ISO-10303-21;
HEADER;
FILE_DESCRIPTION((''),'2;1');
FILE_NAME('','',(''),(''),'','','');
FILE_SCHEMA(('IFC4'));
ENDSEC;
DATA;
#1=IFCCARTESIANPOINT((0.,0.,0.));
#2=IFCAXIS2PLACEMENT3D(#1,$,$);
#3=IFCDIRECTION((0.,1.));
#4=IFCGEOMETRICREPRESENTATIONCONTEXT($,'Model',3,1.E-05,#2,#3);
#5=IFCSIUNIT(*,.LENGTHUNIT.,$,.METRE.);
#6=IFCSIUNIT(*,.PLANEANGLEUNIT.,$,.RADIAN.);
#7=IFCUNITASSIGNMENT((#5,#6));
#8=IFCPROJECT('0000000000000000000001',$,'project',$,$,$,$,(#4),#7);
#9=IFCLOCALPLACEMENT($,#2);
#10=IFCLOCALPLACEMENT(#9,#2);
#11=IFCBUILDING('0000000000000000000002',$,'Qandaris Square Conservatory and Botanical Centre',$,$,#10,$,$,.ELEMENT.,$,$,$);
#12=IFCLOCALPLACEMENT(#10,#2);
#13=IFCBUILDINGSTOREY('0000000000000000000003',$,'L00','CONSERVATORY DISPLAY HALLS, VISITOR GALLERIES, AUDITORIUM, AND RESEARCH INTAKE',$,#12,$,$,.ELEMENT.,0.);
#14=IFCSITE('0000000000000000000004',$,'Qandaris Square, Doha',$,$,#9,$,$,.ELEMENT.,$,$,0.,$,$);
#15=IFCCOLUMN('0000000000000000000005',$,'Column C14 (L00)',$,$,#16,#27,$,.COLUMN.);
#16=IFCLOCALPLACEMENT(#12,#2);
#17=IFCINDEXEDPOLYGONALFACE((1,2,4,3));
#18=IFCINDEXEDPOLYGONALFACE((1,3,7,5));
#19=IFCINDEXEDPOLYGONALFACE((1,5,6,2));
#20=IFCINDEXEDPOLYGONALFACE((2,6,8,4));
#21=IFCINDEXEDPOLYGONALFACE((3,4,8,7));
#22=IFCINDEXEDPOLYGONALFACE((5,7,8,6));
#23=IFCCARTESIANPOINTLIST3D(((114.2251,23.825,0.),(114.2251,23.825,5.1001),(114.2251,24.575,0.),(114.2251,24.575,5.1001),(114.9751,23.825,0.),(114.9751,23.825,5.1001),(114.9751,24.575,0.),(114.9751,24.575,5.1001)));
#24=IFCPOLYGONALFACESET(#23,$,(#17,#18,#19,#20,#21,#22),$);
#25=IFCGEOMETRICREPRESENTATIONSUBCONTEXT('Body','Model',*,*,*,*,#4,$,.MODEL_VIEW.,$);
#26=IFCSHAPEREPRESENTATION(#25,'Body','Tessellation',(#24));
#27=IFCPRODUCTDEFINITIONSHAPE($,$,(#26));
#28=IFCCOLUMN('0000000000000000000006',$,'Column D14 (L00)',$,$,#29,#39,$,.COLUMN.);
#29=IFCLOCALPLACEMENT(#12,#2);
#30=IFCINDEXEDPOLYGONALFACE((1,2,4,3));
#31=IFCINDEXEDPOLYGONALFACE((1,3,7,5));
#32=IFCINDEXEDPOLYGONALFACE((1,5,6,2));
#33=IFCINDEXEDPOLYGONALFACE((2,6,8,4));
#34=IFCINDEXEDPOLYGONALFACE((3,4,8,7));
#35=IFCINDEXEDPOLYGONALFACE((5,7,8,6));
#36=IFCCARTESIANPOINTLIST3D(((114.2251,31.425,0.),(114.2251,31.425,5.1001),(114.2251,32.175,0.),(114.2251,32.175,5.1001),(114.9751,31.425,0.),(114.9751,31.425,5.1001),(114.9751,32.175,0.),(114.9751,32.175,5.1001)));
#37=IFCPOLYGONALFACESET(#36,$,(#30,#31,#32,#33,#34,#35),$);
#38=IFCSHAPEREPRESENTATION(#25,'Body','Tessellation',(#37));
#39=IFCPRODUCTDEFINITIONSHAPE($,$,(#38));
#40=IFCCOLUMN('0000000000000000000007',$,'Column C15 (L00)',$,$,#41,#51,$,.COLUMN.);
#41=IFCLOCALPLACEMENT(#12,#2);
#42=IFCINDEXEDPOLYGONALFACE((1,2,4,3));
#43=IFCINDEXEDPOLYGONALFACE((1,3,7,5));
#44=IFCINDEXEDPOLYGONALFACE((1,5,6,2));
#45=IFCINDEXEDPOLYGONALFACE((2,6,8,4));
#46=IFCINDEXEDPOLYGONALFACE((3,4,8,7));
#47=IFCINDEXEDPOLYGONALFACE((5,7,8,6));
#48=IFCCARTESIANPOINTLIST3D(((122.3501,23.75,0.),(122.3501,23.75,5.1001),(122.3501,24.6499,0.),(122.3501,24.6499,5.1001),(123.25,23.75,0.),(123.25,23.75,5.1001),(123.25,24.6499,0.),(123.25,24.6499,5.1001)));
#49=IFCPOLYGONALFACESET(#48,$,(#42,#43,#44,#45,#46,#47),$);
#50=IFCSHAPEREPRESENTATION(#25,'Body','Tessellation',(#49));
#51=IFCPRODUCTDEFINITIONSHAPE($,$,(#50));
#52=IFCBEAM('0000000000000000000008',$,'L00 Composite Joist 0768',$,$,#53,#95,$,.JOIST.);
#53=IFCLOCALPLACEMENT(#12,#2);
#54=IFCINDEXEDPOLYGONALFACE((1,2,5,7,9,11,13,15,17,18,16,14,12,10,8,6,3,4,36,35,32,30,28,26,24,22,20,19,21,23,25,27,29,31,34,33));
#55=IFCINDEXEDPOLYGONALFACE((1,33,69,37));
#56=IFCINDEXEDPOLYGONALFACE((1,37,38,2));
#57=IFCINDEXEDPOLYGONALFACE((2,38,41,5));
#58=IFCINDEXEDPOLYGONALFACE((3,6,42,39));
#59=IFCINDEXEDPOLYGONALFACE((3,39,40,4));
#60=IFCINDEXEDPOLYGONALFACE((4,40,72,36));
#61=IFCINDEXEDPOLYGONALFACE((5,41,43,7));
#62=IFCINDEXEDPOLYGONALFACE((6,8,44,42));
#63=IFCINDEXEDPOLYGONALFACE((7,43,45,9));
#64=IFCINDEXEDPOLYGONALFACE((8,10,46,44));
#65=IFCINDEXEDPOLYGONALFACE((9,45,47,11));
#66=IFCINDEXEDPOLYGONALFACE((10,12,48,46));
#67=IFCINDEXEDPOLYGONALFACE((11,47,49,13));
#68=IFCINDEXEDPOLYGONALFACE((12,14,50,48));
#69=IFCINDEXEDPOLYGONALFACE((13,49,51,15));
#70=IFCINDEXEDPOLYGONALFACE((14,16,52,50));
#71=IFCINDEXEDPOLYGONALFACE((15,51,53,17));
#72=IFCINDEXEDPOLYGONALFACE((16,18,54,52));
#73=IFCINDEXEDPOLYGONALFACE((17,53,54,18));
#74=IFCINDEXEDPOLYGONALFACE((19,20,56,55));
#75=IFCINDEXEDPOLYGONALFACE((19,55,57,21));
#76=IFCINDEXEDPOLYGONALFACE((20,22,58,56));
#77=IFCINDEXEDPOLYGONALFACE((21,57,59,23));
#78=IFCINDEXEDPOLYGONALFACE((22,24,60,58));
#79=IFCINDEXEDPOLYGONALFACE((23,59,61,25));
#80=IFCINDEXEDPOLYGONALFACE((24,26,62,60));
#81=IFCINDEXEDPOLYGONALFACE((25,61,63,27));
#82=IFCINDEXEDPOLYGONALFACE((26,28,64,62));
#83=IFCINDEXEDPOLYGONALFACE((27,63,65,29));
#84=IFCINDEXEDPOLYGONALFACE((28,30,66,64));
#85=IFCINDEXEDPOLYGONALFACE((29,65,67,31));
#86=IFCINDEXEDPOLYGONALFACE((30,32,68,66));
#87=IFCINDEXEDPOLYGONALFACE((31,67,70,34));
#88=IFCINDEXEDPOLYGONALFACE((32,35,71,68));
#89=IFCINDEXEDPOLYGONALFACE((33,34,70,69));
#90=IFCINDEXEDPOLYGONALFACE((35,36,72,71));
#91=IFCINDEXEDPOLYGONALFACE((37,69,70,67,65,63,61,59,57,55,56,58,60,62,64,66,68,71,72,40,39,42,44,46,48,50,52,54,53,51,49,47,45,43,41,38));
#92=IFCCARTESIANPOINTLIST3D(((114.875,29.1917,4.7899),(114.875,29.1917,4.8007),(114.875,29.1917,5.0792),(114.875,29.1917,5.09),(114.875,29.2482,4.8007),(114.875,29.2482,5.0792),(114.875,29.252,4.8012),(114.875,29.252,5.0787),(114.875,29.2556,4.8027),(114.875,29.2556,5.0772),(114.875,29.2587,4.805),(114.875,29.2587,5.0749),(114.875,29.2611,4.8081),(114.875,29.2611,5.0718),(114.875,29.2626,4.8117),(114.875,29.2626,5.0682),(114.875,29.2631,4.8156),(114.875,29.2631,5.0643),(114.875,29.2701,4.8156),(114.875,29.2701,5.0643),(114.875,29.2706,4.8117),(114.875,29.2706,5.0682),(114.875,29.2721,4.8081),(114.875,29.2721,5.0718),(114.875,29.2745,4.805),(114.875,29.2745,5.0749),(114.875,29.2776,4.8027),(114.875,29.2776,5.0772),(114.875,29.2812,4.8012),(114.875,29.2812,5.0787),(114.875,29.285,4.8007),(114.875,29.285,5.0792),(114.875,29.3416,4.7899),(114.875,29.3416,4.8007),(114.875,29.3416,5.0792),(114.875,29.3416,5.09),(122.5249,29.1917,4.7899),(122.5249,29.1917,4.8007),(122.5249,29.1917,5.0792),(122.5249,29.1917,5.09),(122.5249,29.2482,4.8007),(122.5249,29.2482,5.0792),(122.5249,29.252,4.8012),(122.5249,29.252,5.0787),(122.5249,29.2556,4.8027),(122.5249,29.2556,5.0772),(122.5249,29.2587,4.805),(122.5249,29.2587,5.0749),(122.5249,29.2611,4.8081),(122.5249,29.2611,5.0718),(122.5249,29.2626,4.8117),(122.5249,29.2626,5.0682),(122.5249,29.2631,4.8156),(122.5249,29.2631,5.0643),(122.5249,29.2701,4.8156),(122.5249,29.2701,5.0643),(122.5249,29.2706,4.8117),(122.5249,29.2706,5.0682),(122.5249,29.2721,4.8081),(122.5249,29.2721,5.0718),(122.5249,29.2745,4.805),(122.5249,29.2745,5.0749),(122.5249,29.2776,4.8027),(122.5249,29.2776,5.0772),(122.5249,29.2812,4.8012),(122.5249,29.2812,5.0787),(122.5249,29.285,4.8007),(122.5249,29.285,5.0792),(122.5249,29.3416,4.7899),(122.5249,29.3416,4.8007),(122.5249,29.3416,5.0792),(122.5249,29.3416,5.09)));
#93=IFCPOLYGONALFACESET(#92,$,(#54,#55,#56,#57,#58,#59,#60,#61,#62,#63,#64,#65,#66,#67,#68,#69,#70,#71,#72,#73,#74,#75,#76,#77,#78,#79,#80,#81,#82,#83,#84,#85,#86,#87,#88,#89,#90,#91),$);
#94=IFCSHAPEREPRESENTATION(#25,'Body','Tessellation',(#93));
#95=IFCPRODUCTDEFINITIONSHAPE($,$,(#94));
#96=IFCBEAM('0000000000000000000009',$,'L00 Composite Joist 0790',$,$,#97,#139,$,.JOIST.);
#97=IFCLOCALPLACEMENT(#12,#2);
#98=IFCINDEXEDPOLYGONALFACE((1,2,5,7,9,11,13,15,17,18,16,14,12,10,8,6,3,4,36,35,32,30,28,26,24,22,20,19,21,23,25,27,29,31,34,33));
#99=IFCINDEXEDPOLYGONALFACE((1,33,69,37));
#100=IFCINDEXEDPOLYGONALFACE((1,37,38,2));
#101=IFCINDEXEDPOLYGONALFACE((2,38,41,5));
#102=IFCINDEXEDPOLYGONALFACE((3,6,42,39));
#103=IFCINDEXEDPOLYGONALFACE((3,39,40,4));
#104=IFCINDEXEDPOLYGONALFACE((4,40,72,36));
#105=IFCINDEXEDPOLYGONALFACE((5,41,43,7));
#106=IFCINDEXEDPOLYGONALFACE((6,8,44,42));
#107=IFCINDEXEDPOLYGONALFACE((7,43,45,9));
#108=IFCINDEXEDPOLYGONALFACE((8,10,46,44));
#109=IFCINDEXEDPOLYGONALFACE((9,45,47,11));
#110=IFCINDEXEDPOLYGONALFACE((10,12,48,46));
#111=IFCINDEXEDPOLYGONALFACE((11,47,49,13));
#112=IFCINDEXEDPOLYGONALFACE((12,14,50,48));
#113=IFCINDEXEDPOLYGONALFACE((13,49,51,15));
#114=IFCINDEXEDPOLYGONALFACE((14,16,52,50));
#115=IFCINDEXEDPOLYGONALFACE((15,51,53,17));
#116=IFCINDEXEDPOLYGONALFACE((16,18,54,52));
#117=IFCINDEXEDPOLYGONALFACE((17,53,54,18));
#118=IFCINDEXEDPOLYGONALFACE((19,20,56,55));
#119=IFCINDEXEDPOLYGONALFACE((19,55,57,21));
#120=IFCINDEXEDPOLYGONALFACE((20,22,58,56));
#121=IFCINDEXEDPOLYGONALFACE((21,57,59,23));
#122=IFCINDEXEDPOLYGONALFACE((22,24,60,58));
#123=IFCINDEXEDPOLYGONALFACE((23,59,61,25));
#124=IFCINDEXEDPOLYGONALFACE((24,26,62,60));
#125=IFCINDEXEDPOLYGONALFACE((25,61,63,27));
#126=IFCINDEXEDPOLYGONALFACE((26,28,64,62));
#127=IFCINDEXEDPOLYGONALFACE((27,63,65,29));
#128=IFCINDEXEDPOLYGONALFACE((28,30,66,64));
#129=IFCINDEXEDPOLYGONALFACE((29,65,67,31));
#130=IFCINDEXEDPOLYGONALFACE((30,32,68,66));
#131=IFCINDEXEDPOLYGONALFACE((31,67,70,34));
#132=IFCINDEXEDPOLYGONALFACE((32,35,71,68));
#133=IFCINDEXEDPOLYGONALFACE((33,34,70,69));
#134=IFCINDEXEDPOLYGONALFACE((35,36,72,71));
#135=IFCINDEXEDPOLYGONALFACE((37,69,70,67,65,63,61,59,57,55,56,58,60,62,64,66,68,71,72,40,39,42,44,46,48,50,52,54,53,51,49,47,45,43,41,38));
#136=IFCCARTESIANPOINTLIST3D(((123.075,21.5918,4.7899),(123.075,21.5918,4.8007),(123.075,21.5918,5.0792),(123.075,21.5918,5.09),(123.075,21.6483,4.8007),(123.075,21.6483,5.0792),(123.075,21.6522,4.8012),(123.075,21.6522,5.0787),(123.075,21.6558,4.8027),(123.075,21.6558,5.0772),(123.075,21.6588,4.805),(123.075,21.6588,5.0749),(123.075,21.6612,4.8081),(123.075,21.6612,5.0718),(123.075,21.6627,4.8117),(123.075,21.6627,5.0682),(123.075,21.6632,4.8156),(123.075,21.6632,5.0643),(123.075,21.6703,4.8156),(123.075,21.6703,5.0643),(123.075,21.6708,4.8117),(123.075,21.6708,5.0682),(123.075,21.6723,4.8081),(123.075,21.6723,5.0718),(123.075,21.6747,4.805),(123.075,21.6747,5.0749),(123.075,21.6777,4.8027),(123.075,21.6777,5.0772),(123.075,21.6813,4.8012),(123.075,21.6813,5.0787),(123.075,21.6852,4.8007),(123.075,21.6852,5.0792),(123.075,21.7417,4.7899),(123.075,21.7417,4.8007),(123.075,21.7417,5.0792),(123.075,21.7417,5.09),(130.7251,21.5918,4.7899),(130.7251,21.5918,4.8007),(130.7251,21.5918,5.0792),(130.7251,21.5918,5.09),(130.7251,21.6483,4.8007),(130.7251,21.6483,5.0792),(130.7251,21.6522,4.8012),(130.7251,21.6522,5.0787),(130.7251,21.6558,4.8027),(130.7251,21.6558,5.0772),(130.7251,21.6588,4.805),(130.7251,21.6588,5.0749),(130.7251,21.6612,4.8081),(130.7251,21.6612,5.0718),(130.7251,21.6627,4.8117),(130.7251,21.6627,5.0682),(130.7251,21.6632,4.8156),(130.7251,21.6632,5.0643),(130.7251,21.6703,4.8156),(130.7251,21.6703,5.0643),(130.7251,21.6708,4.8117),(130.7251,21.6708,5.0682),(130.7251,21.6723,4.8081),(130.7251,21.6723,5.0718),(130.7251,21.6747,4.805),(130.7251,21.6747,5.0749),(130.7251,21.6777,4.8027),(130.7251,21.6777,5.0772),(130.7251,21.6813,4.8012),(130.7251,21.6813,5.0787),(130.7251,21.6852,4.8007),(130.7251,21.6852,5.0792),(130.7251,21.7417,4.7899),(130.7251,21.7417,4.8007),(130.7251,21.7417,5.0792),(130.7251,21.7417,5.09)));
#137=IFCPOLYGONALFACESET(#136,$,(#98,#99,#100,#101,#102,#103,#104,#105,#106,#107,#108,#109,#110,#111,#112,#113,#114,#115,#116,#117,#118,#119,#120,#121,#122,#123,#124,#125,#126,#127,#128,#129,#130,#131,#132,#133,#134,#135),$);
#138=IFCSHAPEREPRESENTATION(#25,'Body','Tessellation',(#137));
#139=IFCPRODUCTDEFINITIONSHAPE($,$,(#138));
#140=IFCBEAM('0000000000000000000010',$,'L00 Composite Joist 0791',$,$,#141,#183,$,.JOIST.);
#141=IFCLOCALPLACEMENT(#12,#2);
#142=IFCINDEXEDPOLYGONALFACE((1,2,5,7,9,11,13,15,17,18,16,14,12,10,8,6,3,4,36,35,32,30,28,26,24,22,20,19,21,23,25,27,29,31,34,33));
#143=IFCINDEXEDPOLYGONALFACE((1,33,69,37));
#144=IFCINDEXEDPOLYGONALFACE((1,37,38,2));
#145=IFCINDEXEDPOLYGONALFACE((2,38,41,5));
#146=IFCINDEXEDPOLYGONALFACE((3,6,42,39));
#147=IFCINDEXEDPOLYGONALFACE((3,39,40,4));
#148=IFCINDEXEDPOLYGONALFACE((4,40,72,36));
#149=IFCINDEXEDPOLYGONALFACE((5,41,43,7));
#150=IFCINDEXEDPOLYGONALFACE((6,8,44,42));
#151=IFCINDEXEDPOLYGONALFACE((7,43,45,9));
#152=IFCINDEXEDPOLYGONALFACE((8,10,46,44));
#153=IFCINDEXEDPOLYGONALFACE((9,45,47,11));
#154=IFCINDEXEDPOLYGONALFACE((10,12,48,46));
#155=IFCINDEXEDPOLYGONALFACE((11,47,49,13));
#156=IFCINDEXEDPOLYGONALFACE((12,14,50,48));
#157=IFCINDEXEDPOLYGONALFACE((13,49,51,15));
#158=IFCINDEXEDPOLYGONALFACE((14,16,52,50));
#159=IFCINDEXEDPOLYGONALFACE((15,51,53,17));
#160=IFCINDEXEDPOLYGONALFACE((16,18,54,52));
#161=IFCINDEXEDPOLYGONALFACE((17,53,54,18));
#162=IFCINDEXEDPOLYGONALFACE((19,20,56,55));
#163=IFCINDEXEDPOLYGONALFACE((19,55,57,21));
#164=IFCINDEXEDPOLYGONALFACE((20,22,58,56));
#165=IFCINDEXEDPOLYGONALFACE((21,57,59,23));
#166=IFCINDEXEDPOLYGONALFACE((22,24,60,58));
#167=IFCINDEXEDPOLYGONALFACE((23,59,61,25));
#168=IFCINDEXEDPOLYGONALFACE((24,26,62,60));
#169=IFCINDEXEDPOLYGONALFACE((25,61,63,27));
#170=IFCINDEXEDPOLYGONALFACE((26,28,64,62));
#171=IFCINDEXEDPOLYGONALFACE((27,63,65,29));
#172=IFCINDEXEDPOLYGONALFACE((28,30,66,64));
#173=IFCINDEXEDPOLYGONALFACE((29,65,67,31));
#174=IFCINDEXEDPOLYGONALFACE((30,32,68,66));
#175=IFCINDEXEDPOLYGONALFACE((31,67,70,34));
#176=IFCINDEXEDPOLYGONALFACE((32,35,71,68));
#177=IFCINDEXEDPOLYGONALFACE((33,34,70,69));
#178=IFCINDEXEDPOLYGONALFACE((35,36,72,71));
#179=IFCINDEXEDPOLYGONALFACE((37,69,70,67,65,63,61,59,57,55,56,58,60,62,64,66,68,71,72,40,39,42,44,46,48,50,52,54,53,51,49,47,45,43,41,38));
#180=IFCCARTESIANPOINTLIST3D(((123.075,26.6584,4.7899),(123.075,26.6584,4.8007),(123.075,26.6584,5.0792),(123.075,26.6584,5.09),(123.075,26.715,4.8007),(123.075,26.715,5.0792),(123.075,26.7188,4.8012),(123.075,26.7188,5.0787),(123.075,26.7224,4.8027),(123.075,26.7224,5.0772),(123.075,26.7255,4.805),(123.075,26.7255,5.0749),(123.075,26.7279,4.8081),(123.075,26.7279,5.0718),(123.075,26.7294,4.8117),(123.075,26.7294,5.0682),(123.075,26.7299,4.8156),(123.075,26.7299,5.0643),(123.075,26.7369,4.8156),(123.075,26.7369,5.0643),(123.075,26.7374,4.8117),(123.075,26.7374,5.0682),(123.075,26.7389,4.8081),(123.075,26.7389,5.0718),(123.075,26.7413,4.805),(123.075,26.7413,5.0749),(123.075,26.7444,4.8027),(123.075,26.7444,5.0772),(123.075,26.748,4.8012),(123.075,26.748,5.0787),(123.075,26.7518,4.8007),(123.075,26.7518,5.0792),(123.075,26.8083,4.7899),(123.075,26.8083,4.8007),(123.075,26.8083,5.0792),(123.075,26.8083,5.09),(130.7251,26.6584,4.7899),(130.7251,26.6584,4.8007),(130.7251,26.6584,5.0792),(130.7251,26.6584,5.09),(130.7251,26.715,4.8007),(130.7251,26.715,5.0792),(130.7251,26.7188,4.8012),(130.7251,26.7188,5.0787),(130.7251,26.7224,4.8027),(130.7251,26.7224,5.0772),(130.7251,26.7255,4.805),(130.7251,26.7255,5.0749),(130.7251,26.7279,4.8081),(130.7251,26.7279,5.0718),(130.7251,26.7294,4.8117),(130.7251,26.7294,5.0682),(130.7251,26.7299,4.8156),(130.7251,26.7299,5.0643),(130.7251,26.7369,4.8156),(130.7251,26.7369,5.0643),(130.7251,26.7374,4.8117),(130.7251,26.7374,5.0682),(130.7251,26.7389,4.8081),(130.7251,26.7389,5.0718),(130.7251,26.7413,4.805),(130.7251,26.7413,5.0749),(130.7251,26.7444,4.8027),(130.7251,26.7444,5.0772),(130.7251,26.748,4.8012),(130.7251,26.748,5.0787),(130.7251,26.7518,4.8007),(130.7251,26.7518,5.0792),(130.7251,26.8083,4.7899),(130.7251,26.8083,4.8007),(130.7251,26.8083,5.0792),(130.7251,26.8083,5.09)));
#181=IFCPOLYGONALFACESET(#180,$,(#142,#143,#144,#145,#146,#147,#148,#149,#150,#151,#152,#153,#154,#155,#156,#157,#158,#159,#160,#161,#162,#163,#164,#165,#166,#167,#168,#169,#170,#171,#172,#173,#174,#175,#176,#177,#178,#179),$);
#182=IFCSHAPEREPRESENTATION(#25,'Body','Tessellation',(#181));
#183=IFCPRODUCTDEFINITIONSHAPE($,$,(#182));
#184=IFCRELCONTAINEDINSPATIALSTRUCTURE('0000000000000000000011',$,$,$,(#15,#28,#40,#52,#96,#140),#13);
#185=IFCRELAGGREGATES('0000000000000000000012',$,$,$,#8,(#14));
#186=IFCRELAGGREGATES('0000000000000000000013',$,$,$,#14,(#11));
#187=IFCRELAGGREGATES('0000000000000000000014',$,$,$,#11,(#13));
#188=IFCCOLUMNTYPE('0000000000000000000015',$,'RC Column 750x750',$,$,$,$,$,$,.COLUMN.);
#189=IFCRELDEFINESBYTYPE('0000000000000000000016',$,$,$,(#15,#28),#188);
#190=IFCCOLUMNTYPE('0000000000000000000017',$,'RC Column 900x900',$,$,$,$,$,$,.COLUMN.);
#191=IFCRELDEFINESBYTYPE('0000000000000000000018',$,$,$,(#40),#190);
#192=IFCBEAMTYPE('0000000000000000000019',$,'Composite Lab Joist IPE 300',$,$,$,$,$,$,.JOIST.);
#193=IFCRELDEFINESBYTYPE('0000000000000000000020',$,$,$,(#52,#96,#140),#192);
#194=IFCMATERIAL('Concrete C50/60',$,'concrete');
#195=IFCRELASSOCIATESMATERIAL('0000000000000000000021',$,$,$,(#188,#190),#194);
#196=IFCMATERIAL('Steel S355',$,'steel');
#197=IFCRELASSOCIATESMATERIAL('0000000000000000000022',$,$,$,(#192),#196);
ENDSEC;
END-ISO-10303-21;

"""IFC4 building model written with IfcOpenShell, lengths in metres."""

from ifc_helpers import new_model, si_unit, direction, frame, origin, origin_2d, place, context, subcontext, project, spatial, rectangle, i_section, extrude, material, material_profile, profile_set, type_object, element, save


model = new_model("IFC4")

# Units and contexts
model_context = context("Model", 3, precision=1e-05, world=origin(), true_north=direction((0.0, 1.0)))
body_context = subcontext(model_context, "Body", "Model", "MODEL_VIEW")
ifc_project = project(units=[si_unit("LENGTHUNIT", "METRE"), si_unit("PLANEANGLEUNIT", "RADIAN")], contexts=[model_context])

# Site, building, storey
site_placement = place(None, origin())
site = spatial("IfcSite", under=ifc_project, at=site_placement, Name="Qandaris Square, Doha", CompositionType="ELEMENT", RefElevation=0.0)
building_placement = place(site_placement, origin())
building = spatial("IfcBuilding", under=site, at=building_placement, Name="Qandaris Square Conservatory and Botanical Centre", CompositionType="ELEMENT")
storey_placement = place(building_placement, origin())
storey = spatial("IfcBuildingStorey", under=building, at=storey_placement, Name="L00", Description="CONSERVATORY DISPLAY HALLS, VISITOR GALLERIES, AUDITORIUM, AND RESEARCH INTAKE", CompositionType="ELEMENT", Elevation=0.0)

# Columns
ifc_material_1 = material(Name="Concrete C50/60", Category="concrete")
ifc_material_profile_1 = material_profile(ifc_material_1, rectangle(XDim=0.75, YDim=0.75, at=origin_2d()), Name="RC-COL 750x750")
ifc_profile_set_1 = profile_set([ifc_material_profile_1], Name="Concrete C50/60")
column_type_1 = type_object("IfcColumnType", Name="RC Column 750x750", PredefinedType="COLUMN", material=ifc_profile_set_1)
for number, where, z_axis, x_axis, name in (
    (1, (114.6001, 24.2, 0.0), (0.0, 0.0, 1.0), (1.0, 0.0, 0.0), "Column C14 (L00)"),
    (2, (114.6001, 31.8, 0.0), (0.0, 0.0, 1.0), (1.0, 0.0, 0.0), "Column D14 (L00)"),
):
    element("IfcColumn", number, at=place(storey_placement, frame(where, z_axis=z_axis, x_axis=x_axis)), inside=storey, type_object=column_type_1, Name=name, PredefinedType="COLUMN", context=body_context, shape_type="SweptSolid", body=[
        extrude(rectangle(XDim=0.75, YDim=0.75, at=origin_2d()), origin(), (0.0, 0.0, 1.0), 5.1001),
    ])
ifc_material_profile_2 = material_profile(ifc_material_1, rectangle(XDim=0.8999, YDim=0.8999, at=origin_2d()), Name="RC-COL 900x900")
ifc_profile_set_2 = profile_set([ifc_material_profile_2], Name="Concrete C50/60")
column_type_2 = type_object("IfcColumnType", Name="RC Column 900x900", PredefinedType="COLUMN", material=ifc_profile_set_2)
column_placement = place(storey_placement, frame((122.8, 24.2, 0.0), z_axis=(0.0, 0.0, 1.0), x_axis=(1.0, 0.0, 0.0)))
element("IfcColumn", 3, at=column_placement, inside=storey, type_object=column_type_2, Name="Column C15 (L00)", PredefinedType="COLUMN", context=body_context, shape_type="SweptSolid", body=[
    extrude(rectangle(XDim=0.8999, YDim=0.8999, at=origin_2d()), origin(), (0.0, 0.0, 1.0), 5.1001),
])

# Beams
ifc_material_2 = material(Name="Steel S355", Category="steel")
ifc_material_profile_3 = material_profile(ifc_material_2, i_section(OverallWidth=0.1499, OverallDepth=0.3, WebThickness=0.0071, FlangeThickness=0.0107, FilletRadius=0.0149, at=origin_2d()), Name="IPE 300")
ifc_profile_set_3 = profile_set([ifc_material_profile_3], Name="Steel S355")
beam_type_1 = type_object("IfcBeamType", Name="Composite Lab Joist IPE 300", PredefinedType="JOIST", material=ifc_profile_set_3)
beam_1_placement = place(storey_placement, frame((114.875, 29.2666, 4.9399), z_axis=(1.0, 0.0, 0.0), x_axis=(0.0, 1.0, 0.0)))
element("IfcBeam", 4, at=beam_1_placement, inside=storey, type_object=beam_type_1, Name="L00 Composite Joist 0768", PredefinedType="JOIST", context=body_context, shape_type="SweptSolid", body=[
    extrude(i_section(OverallWidth=0.1499, OverallDepth=0.3, WebThickness=0.0071, FlangeThickness=0.0107, FilletRadius=0.0149, at=origin_2d()), origin(), (0.0, 0.0, 1.0), 7.6499),
])
for number, where, z_axis, x_axis, name in (
    (5, (123.075, 21.6667, 4.9399), (1.0, 0.0, 0.0), (0.0, 1.0, 0.0), "L00 Composite Joist 0790"),
    (6, (123.075, 26.7334, 4.9399), (1.0, 0.0, 0.0), (0.0, 1.0, 0.0), "L00 Composite Joist 0791"),
):
    element("IfcBeam", number, at=place(storey_placement, frame(where, z_axis=z_axis, x_axis=x_axis)), inside=storey, type_object=beam_type_1, Name=name, PredefinedType="JOIST", context=body_context, shape_type="SweptSolid", body=[
        extrude(i_section(OverallWidth=0.1499, OverallDepth=0.3, WebThickness=0.0071, FlangeThickness=0.0107, FilletRadius=0.0149, at=origin_2d()), origin(), (0.0, 0.0, 1.0), 7.6501),
    ])

save(model, "model.ifc")
